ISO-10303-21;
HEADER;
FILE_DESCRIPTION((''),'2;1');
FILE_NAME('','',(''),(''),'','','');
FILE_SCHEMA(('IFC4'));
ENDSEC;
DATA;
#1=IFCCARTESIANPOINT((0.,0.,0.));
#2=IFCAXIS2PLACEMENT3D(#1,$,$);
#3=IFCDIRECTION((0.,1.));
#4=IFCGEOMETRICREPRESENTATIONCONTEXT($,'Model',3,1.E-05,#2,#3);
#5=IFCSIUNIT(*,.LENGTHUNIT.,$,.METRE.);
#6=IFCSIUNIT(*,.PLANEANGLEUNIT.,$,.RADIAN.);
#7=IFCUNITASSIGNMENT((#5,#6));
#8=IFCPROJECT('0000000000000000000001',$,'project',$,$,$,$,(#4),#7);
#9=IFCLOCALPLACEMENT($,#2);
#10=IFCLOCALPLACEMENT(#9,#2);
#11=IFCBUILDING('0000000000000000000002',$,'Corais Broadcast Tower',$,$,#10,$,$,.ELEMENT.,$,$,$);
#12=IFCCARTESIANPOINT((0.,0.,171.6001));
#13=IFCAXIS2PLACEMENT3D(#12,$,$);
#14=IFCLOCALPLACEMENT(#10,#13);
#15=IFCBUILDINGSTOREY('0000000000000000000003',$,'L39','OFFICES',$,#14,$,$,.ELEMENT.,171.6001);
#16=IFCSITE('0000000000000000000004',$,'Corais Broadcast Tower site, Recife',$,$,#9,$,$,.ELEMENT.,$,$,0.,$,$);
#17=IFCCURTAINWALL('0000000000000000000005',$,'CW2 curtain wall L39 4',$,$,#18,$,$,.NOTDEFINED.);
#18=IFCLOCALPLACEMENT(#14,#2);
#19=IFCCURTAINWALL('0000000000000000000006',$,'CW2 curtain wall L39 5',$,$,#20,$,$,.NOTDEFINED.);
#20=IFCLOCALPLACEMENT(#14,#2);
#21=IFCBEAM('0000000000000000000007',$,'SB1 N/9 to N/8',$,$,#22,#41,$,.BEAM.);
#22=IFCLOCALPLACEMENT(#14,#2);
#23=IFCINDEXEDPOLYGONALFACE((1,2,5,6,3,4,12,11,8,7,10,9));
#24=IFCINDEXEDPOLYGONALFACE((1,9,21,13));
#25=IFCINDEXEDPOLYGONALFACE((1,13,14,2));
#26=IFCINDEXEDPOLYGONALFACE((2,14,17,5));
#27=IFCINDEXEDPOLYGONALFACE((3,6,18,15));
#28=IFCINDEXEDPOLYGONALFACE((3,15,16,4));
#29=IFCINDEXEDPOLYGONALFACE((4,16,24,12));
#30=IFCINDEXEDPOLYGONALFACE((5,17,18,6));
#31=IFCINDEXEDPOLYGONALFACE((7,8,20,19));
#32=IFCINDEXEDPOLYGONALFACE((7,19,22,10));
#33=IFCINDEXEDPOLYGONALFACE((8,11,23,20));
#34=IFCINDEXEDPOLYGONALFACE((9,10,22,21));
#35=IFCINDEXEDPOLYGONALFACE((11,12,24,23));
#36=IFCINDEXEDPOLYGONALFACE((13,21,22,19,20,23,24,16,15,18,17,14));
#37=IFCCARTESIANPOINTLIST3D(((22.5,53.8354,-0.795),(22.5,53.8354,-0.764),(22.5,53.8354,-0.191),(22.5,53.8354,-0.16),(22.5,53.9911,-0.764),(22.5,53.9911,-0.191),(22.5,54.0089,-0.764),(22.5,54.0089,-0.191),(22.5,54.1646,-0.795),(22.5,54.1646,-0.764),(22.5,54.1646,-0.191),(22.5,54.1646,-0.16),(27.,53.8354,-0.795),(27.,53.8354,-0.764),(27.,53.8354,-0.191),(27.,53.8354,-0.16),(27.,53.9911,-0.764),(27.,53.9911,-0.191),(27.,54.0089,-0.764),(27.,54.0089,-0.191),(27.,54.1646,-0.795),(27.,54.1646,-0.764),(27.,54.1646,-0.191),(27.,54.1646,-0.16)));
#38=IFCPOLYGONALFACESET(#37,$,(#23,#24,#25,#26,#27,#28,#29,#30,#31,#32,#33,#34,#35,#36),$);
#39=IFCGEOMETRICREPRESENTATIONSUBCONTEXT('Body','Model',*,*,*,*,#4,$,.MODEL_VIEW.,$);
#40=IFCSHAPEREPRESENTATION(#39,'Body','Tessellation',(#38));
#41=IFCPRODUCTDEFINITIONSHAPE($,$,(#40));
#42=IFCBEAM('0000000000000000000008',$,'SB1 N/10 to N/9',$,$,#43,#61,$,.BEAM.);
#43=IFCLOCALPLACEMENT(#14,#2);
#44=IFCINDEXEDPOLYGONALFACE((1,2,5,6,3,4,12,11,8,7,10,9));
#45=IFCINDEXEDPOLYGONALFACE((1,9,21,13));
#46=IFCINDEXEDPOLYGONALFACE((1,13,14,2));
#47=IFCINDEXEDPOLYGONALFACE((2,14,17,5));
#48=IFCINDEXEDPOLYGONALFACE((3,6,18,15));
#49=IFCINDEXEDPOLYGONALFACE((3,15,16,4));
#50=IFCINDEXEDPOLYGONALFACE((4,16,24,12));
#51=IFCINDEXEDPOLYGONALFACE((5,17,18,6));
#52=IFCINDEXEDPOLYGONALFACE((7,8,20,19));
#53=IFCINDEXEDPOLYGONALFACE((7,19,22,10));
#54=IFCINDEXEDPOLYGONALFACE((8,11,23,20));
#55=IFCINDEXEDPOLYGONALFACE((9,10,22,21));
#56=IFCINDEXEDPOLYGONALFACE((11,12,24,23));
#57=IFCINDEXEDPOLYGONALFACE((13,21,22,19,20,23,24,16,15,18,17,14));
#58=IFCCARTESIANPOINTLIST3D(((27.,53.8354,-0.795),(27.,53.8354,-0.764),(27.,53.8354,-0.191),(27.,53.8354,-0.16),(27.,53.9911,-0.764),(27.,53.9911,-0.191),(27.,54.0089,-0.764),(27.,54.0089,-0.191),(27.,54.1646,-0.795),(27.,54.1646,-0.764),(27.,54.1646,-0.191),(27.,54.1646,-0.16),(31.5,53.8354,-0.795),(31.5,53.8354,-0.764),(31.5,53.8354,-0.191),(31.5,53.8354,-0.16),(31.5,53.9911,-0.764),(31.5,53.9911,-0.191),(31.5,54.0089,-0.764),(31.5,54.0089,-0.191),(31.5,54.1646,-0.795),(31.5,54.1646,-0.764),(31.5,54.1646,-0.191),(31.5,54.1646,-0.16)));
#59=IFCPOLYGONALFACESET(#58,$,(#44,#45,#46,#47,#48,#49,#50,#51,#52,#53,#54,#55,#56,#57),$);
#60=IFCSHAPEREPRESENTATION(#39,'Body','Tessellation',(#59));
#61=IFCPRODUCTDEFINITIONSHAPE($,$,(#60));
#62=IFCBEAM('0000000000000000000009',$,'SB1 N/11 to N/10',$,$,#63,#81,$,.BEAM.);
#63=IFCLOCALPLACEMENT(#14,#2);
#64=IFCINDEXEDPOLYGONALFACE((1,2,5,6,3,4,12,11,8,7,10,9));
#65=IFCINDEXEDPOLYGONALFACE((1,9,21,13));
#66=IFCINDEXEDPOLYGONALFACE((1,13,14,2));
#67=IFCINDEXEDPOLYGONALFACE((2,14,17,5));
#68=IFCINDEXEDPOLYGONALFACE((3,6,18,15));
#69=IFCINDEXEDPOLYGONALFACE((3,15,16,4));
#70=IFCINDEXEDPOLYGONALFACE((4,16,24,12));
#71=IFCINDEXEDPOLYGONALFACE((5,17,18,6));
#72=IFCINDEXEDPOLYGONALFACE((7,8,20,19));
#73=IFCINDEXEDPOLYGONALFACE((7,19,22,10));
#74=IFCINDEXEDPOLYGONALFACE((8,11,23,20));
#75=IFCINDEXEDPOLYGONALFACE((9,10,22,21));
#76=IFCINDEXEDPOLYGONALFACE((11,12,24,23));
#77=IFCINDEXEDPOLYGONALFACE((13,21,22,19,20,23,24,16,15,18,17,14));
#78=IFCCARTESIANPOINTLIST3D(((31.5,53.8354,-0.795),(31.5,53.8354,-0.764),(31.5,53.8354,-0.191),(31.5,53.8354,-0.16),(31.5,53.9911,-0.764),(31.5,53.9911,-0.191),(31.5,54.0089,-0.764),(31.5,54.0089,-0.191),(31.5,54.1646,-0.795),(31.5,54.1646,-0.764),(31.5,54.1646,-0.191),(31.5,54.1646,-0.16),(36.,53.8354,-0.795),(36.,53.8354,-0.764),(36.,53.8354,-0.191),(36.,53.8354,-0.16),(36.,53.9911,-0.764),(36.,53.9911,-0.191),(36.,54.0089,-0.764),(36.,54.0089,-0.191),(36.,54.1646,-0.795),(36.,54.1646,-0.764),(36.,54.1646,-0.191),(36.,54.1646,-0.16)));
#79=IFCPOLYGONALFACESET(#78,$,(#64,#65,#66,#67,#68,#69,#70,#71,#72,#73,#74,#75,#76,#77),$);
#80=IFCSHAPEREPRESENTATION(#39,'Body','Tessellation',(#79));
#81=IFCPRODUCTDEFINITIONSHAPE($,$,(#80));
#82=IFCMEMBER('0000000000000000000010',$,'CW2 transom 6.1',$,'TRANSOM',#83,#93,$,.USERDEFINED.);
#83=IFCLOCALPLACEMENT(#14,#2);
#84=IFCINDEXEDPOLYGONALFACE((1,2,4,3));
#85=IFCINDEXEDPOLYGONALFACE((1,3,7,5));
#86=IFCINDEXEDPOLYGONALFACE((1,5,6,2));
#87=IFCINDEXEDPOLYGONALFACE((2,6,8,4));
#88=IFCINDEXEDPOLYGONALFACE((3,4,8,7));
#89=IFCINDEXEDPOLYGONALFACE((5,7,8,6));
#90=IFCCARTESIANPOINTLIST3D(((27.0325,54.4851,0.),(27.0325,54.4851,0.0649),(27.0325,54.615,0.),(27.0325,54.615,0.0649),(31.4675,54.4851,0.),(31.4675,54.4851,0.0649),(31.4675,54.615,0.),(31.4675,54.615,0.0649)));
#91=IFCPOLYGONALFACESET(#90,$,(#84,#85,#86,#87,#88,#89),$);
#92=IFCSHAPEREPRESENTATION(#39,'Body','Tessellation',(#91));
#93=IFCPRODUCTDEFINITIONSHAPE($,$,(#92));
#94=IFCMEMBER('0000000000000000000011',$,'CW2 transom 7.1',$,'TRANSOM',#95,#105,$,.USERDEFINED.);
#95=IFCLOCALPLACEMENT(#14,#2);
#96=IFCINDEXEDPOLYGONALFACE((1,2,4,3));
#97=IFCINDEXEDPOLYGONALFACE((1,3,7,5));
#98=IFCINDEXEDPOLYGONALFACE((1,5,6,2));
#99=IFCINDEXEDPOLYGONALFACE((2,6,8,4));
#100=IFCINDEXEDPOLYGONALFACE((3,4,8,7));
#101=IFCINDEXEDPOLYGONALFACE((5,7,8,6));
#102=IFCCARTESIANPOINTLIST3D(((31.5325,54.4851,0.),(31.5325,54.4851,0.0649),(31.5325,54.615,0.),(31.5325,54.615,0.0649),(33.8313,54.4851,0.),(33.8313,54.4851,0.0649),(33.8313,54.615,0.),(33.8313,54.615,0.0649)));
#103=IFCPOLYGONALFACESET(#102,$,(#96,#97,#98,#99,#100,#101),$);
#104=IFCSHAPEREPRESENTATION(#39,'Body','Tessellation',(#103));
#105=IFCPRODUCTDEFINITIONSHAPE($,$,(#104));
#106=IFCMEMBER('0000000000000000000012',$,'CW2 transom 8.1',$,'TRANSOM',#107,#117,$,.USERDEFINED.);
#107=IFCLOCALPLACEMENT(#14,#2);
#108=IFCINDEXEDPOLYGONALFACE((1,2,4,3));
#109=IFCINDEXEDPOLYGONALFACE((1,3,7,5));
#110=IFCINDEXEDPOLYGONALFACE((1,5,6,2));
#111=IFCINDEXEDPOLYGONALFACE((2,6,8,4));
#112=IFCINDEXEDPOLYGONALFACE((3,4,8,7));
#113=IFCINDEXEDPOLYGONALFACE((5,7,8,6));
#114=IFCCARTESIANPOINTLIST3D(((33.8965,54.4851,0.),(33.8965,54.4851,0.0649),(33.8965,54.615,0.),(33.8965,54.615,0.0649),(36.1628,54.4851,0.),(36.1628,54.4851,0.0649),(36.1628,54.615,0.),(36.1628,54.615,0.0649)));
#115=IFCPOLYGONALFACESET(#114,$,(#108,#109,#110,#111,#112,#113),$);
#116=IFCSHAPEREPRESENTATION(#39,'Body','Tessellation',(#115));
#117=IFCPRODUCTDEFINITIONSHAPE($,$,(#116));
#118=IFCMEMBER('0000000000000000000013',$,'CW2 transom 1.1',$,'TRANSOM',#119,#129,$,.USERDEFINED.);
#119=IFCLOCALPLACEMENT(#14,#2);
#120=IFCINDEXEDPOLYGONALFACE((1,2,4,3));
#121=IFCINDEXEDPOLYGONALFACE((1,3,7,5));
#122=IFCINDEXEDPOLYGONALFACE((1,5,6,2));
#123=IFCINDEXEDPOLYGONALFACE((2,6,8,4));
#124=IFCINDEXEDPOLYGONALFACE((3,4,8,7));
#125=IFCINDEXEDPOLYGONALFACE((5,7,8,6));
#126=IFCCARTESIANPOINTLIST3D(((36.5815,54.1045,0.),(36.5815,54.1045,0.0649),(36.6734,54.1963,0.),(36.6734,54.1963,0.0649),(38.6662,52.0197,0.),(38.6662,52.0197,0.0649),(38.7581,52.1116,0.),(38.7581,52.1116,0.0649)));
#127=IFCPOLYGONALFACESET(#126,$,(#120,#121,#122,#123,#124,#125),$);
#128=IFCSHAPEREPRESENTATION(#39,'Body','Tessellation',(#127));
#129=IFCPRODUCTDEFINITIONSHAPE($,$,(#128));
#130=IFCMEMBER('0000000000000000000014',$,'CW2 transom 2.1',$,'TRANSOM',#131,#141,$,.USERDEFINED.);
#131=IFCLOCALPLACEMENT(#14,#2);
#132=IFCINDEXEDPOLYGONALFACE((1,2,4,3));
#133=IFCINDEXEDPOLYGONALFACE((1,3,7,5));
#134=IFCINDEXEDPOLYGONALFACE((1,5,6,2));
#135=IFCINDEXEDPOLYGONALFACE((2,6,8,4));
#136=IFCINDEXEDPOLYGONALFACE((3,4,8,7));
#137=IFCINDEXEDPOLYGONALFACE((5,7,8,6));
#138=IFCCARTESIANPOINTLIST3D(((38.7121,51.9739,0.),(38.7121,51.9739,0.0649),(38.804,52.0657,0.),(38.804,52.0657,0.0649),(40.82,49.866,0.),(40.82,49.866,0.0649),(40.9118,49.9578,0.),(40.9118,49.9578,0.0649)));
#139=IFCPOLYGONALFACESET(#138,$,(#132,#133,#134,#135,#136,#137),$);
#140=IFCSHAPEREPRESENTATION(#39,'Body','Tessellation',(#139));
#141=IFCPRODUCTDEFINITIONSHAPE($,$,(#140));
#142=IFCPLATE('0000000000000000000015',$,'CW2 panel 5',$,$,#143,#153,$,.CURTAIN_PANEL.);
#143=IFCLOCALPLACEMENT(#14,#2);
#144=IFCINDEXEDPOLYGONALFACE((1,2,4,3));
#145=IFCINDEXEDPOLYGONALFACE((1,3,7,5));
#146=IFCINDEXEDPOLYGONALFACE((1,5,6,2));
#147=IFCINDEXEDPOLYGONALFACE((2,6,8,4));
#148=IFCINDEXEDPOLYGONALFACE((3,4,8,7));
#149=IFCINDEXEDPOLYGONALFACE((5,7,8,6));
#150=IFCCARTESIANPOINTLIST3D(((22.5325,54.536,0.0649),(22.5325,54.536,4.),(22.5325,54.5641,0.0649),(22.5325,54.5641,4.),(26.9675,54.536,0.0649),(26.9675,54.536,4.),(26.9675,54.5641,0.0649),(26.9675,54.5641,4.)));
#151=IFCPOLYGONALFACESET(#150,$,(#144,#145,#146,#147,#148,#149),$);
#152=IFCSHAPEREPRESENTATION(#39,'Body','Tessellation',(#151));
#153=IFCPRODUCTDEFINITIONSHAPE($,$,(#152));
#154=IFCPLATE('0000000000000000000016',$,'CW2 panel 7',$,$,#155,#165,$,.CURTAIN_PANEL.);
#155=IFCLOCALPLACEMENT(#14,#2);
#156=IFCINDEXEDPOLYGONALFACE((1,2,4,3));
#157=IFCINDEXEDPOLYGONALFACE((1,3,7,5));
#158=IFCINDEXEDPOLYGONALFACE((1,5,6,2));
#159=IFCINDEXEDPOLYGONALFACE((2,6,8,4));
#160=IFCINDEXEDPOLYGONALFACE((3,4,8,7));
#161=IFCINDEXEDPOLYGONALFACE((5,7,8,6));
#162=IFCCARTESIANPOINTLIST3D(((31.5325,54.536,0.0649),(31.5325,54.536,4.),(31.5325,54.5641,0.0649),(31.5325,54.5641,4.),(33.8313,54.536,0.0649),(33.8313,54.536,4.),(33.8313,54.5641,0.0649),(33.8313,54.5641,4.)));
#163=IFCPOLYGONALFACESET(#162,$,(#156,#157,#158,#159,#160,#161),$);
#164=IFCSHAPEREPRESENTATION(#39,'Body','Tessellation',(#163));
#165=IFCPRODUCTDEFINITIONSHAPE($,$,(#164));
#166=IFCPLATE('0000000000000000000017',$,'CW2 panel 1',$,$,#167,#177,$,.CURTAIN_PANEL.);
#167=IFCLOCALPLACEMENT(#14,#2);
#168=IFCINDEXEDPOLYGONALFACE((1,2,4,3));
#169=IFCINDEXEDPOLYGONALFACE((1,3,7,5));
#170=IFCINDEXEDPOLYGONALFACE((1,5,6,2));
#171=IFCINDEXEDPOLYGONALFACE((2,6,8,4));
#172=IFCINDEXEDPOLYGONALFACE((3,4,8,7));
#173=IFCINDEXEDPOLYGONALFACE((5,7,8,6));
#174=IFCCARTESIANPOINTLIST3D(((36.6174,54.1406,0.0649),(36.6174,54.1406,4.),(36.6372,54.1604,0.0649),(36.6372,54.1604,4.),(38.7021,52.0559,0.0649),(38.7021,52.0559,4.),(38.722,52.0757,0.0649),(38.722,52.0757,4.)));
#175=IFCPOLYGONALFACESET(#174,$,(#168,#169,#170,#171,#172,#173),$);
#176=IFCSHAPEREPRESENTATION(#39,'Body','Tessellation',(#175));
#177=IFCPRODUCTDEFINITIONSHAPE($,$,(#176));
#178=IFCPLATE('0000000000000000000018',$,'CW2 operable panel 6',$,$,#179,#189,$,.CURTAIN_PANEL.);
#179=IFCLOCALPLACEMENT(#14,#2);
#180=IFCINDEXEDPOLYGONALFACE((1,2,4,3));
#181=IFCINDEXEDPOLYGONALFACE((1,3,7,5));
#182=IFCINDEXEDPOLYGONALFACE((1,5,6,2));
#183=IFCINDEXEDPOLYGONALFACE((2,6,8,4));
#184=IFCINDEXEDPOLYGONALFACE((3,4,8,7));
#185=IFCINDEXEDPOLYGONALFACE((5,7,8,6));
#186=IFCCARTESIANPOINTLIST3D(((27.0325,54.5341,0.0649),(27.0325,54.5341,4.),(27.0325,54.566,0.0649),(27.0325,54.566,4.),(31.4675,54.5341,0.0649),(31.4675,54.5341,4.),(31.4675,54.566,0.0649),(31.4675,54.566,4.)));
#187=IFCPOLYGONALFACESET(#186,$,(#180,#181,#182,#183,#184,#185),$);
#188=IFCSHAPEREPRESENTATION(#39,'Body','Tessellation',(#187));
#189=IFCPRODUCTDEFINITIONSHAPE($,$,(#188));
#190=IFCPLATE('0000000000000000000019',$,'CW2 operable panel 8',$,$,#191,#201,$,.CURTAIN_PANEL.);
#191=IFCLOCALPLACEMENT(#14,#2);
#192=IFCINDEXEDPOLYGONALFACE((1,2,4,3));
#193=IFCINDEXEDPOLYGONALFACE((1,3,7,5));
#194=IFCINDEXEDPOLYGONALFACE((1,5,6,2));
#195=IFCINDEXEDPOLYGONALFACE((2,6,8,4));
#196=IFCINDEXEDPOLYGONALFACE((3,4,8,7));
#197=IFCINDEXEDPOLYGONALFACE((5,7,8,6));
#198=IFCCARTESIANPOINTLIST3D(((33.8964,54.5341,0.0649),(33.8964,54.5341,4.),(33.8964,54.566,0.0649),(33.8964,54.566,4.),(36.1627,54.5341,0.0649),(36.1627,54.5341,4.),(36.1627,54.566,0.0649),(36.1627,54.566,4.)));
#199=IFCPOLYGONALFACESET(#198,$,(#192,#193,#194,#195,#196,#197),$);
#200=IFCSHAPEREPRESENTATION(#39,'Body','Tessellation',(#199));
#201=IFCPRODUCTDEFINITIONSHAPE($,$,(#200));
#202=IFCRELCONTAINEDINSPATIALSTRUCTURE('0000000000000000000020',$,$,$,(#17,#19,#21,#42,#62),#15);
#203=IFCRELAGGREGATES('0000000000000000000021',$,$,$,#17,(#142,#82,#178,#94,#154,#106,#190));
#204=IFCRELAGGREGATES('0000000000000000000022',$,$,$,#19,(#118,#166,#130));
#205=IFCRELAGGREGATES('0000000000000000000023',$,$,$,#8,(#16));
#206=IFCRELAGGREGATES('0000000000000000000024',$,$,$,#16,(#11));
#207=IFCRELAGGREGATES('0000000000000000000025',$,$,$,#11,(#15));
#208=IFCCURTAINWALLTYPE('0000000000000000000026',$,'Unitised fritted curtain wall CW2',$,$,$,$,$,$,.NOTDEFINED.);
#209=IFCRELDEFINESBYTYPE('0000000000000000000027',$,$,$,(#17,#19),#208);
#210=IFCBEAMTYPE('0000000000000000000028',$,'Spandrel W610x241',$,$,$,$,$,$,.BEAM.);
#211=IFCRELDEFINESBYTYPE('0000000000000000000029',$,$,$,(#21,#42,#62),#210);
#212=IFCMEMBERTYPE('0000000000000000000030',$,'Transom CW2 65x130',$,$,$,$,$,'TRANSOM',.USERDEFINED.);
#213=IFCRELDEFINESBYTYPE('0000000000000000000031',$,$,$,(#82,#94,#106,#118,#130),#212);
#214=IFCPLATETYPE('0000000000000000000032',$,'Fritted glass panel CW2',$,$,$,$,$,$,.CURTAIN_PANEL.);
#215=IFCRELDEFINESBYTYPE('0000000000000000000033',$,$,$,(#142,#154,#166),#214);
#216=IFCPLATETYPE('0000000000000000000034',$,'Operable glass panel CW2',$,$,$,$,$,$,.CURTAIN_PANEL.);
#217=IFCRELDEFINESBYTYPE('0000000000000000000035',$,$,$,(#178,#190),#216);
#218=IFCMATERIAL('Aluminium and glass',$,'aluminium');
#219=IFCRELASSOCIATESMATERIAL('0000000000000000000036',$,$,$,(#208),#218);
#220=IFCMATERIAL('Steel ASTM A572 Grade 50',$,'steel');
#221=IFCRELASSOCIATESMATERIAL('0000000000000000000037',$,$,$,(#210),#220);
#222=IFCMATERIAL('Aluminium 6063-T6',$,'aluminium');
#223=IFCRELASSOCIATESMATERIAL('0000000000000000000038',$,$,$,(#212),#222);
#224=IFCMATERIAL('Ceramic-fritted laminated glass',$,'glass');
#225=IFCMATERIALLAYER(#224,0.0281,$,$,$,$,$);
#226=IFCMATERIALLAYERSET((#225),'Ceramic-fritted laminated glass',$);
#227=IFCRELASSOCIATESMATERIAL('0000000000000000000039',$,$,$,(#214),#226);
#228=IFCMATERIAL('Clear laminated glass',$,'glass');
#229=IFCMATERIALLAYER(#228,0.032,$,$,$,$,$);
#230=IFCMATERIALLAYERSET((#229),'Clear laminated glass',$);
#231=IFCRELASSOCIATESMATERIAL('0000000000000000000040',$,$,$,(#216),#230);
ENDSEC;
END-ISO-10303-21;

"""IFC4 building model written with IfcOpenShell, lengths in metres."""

from ifc_helpers import new_model, si_unit, direction, frame, origin, origin_2d, place, context, subcontext, project, spatial, rectangle, i_section, extrude, material, layer, layer_set, material_profile, profile_set, type_object, element, aggregate, save


model = new_model("IFC4")

# Units and contexts
model_context = context("Model", 3, precision=1e-05, world=origin(), true_north=direction((0.0, 1.0)))
body_context = subcontext(model_context, "Body", "Model", "MODEL_VIEW")
ifc_project = project(units=[si_unit("LENGTHUNIT", "METRE"), si_unit("PLANEANGLEUNIT", "RADIAN")], contexts=[model_context])

# Site, building, storey
site_placement = place(None, origin())
site = spatial("IfcSite", under=ifc_project, at=site_placement, Name="Corais Broadcast Tower site, Recife", CompositionType="ELEMENT", RefElevation=0.0)
building_placement = place(site_placement, origin())
building = spatial("IfcBuilding", under=site, at=building_placement, Name="Corais Broadcast Tower", CompositionType="ELEMENT")
storey_placement = place(building_placement, frame((0.0, 0.0, 171.6001)))
storey = spatial("IfcBuildingStorey", under=building, at=storey_placement, Name="L39", Description="OFFICES", CompositionType="ELEMENT", Elevation=171.6001)

# Curtain walls
ifc_material_1 = material(Name="Aluminium and glass", Category="aluminium")
curtain_wall_type = type_object("IfcCurtainWallType", Name="Unitised fritted curtain wall CW2", PredefinedType="NOTDEFINED", material=ifc_material_1)
curtain_wall_1_placement = place(storey_placement, origin())
curtain_wall_1 = element("IfcCurtainWall", 1, at=curtain_wall_1_placement, inside=storey, type_object=curtain_wall_type, Name="CW2 curtain wall L39 4", PredefinedType="NOTDEFINED")
curtain_wall_2_placement = place(storey_placement, origin())
curtain_wall_2 = element("IfcCurtainWall", 2, at=curtain_wall_2_placement, inside=storey, type_object=curtain_wall_type, Name="CW2 curtain wall L39 5", PredefinedType="NOTDEFINED")

# Beams
ifc_material_2 = material(Name="Steel ASTM A572 Grade 50", Category="steel")
ifc_material_profile_1 = material_profile(ifc_material_2, i_section(OverallWidth=0.3291, OverallDepth=0.635, WebThickness=0.0178, FlangeThickness=0.031, at=origin_2d()), Name="W610x241")
ifc_profile_set_1 = profile_set([ifc_material_profile_1], Name="Steel ASTM A572 Grade 50")
beam_type_1 = type_object("IfcBeamType", Name="Spandrel W610x241", PredefinedType="BEAM", material=ifc_profile_set_1)
for number, where, z_axis, x_axis, name in (
    (3, (27.0, 54.0, -0.4775), (-1.0, 0.0, 0.0), (0.0, -1.0, 0.0), "SB1 N/9 to N/8"),
    (4, (31.5, 54.0, -0.4775), (-1.0, 0.0, 0.0), (0.0, -1.0, 0.0), "SB1 N/10 to N/9"),
    (5, (36.0, 54.0, -0.4775), (-1.0, 0.0, 0.0), (0.0, -1.0, 0.0), "SB1 N/11 to N/10"),
):
    element("IfcBeam", number, at=place(storey_placement, frame(where, z_axis=z_axis, x_axis=x_axis)), inside=storey, type_object=beam_type_1, Name=name, PredefinedType="BEAM", context=body_context, shape_type="SweptSolid", body=[
        extrude(i_section(OverallWidth=0.3291, OverallDepth=0.635, WebThickness=0.0178, FlangeThickness=0.031, at=origin_2d()), origin(), (0.0, 0.0, 1.0), 4.5),
    ])

# Members
ifc_material_3 = material(Name="Aluminium 6063-T6", Category="aluminium")
ifc_material_profile_2 = material_profile(ifc_material_3, rectangle(XDim=0.1299, YDim=0.0649, at=origin_2d()), Name="Transom CW2 65x130")
ifc_profile_set_2 = profile_set([ifc_material_profile_2], Name="Aluminium 6063-T6")
member_type_1 = type_object("IfcMemberType", Name="Transom CW2 65x130", ElementType="TRANSOM", PredefinedType="USERDEFINED", material=ifc_profile_set_2)
member_1_placement = place(storey_placement, frame((27.0325, 54.55, 0.0325), z_axis=(1.0, 0.0, 0.0), x_axis=(0.0, 1.0, 0.0)))
member_1 = element("IfcMember", 6, at=member_1_placement, type_object=member_type_1, Name="CW2 transom 6.1", ObjectType="TRANSOM", PredefinedType="USERDEFINED", context=body_context, shape_type="SweptSolid", body=[
    extrude(rectangle(XDim=0.1299, YDim=0.0649, at=origin_2d()), origin(), (0.0, 0.0, 1.0), 4.4351),
])
member_2_placement = place(storey_placement, frame((31.5325, 54.55, 0.0325), z_axis=(1.0, 0.0, 0.0), x_axis=(0.0, 1.0, 0.0)))
member_2 = element("IfcMember", 7, at=member_2_placement, type_object=member_type_1, Name="CW2 transom 7.1", ObjectType="TRANSOM", PredefinedType="USERDEFINED", context=body_context, shape_type="SweptSolid", body=[
    extrude(rectangle(XDim=0.1299, YDim=0.0649, at=origin_2d()), origin(), (0.0, 0.0, 1.0), 2.2988),
])
member_3_placement = place(storey_placement, frame((33.8965, 54.55, 0.0325), z_axis=(1.0, 0.0, 0.0), x_axis=(0.0, 1.0, 0.0)))
member_3 = element("IfcMember", 8, at=member_3_placement, type_object=member_type_1, Name="CW2 transom 8.1", ObjectType="TRANSOM", PredefinedType="USERDEFINED", context=body_context, shape_type="SweptSolid", body=[
    extrude(rectangle(XDim=0.1299, YDim=0.0649, at=origin_2d()), origin(), (0.0, 0.0, 1.0), 2.2664),
])
member_4_placement = place(storey_placement, frame((36.6274, 54.1504, 0.0325), z_axis=(0.707107, -0.707107, 0.0), x_axis=(0.707107, 0.707107, 0.0)))
member_4 = element("IfcMember", 9, at=member_4_placement, type_object=member_type_1, Name="CW2 transom 1.1", ObjectType="TRANSOM", PredefinedType="USERDEFINED", context=body_context, shape_type="SweptSolid", body=[
    extrude(rectangle(XDim=0.1299, YDim=0.0649, at=origin_2d()), origin(), (0.0, 0.0, 1.0), 2.9482),
])
member_5_placement = place(storey_placement, frame((38.7581, 52.0198, 0.0325), z_axis=(0.707107, -0.707107, 0.0), x_axis=(0.707107, 0.707107, 0.0)))
member_5 = element("IfcMember", 10, at=member_5_placement, type_object=member_type_1, Name="CW2 transom 2.1", ObjectType="TRANSOM", PredefinedType="USERDEFINED", context=body_context, shape_type="SweptSolid", body=[
    extrude(rectangle(XDim=0.1299, YDim=0.0649, at=origin_2d()), origin(), (0.0, 0.0, 1.0), 2.981),
])

# Plates
ifc_material_4 = material(Name="Ceramic-fritted laminated glass", Category="glass")
ifc_layer_1 = layer(ifc_material_4, 0.0281)
ifc_layer_set_1 = layer_set([ifc_layer_1], Name="Ceramic-fritted laminated glass")
plate_type_1 = type_object("IfcPlateType", Name="Fritted glass panel CW2", PredefinedType="CURTAIN_PANEL", material=ifc_layer_set_1)
plate_1_placement = place(storey_placement, frame((24.75, 54.55, 0.0649), z_axis=(0.0, 0.0, 1.0), x_axis=(1.0, 0.0, 0.0)))
plate_1 = element("IfcPlate", 11, at=plate_1_placement, type_object=plate_type_1, Name="CW2 panel 5", PredefinedType="CURTAIN_PANEL", context=body_context, shape_type="SweptSolid", body=[
    extrude(rectangle(XDim=4.4351, YDim=0.0281, at=origin_2d()), origin(), (0.0, 0.0, 1.0), 3.9351),
])
plate_2_placement = place(storey_placement, frame((32.6819, 54.55, 0.0649), z_axis=(0.0, 0.0, 1.0), x_axis=(1.0, 0.0, 0.0)))
plate_2 = element("IfcPlate", 12, at=plate_2_placement, type_object=plate_type_1, Name="CW2 panel 7", PredefinedType="CURTAIN_PANEL", context=body_context, shape_type="SweptSolid", body=[
    extrude(rectangle(XDim=2.2988, YDim=0.0281, at=origin_2d()), origin(), (0.0, 0.0, 1.0), 3.9351),
])
plate_3_placement = place(storey_placement, frame((37.6697, 53.1082, 0.0649), z_axis=(0.0, 0.0, 1.0), x_axis=(0.707107, -0.707107, 0.0)))
plate_3 = element("IfcPlate", 13, at=plate_3_placement, type_object=plate_type_1, Name="CW2 panel 1", PredefinedType="CURTAIN_PANEL", context=body_context, shape_type="SweptSolid", body=[
    extrude(rectangle(XDim=2.9482, YDim=0.0281, at=origin_2d()), origin(), (0.0, 0.0, 1.0), 3.9351),
])
ifc_material_5 = material(Name="Clear laminated glass", Category="glass")
ifc_layer_2 = layer(ifc_material_5, 0.032)
ifc_layer_set_2 = layer_set([ifc_layer_2], Name="Clear laminated glass")
plate_type_2 = type_object("IfcPlateType", Name="Operable glass panel CW2", PredefinedType="CURTAIN_PANEL", material=ifc_layer_set_2)
plate_4_placement = place(storey_placement, frame((29.25, 54.55, 0.0649), z_axis=(0.0, 0.0, 1.0), x_axis=(1.0, 0.0, 0.0)))
plate_4 = element("IfcPlate", 14, at=plate_4_placement, type_object=plate_type_2, Name="CW2 operable panel 6", PredefinedType="CURTAIN_PANEL", context=body_context, shape_type="SweptSolid", body=[
    extrude(rectangle(XDim=4.4351, YDim=0.032, at=origin_2d()), origin(), (0.0, 0.0, 1.0), 3.9351),
])
plate_5_placement = place(storey_placement, frame((35.0295, 54.55, 0.0649), z_axis=(0.0, 0.0, 1.0), x_axis=(1.0, 0.0, 0.0)))
plate_5 = element("IfcPlate", 15, at=plate_5_placement, type_object=plate_type_2, Name="CW2 operable panel 8", PredefinedType="CURTAIN_PANEL", context=body_context, shape_type="SweptSolid", body=[
    extrude(rectangle(XDim=2.2664, YDim=0.032, at=origin_2d()), origin(), (0.0, 0.0, 1.0), 3.9351),
])
aggregate(curtain_wall_1, [plate_1, member_1, plate_4, member_2, plate_2, member_3, plate_5])
aggregate(curtain_wall_2, [member_4, plate_3, member_5])

save(model, "model.ifc")
